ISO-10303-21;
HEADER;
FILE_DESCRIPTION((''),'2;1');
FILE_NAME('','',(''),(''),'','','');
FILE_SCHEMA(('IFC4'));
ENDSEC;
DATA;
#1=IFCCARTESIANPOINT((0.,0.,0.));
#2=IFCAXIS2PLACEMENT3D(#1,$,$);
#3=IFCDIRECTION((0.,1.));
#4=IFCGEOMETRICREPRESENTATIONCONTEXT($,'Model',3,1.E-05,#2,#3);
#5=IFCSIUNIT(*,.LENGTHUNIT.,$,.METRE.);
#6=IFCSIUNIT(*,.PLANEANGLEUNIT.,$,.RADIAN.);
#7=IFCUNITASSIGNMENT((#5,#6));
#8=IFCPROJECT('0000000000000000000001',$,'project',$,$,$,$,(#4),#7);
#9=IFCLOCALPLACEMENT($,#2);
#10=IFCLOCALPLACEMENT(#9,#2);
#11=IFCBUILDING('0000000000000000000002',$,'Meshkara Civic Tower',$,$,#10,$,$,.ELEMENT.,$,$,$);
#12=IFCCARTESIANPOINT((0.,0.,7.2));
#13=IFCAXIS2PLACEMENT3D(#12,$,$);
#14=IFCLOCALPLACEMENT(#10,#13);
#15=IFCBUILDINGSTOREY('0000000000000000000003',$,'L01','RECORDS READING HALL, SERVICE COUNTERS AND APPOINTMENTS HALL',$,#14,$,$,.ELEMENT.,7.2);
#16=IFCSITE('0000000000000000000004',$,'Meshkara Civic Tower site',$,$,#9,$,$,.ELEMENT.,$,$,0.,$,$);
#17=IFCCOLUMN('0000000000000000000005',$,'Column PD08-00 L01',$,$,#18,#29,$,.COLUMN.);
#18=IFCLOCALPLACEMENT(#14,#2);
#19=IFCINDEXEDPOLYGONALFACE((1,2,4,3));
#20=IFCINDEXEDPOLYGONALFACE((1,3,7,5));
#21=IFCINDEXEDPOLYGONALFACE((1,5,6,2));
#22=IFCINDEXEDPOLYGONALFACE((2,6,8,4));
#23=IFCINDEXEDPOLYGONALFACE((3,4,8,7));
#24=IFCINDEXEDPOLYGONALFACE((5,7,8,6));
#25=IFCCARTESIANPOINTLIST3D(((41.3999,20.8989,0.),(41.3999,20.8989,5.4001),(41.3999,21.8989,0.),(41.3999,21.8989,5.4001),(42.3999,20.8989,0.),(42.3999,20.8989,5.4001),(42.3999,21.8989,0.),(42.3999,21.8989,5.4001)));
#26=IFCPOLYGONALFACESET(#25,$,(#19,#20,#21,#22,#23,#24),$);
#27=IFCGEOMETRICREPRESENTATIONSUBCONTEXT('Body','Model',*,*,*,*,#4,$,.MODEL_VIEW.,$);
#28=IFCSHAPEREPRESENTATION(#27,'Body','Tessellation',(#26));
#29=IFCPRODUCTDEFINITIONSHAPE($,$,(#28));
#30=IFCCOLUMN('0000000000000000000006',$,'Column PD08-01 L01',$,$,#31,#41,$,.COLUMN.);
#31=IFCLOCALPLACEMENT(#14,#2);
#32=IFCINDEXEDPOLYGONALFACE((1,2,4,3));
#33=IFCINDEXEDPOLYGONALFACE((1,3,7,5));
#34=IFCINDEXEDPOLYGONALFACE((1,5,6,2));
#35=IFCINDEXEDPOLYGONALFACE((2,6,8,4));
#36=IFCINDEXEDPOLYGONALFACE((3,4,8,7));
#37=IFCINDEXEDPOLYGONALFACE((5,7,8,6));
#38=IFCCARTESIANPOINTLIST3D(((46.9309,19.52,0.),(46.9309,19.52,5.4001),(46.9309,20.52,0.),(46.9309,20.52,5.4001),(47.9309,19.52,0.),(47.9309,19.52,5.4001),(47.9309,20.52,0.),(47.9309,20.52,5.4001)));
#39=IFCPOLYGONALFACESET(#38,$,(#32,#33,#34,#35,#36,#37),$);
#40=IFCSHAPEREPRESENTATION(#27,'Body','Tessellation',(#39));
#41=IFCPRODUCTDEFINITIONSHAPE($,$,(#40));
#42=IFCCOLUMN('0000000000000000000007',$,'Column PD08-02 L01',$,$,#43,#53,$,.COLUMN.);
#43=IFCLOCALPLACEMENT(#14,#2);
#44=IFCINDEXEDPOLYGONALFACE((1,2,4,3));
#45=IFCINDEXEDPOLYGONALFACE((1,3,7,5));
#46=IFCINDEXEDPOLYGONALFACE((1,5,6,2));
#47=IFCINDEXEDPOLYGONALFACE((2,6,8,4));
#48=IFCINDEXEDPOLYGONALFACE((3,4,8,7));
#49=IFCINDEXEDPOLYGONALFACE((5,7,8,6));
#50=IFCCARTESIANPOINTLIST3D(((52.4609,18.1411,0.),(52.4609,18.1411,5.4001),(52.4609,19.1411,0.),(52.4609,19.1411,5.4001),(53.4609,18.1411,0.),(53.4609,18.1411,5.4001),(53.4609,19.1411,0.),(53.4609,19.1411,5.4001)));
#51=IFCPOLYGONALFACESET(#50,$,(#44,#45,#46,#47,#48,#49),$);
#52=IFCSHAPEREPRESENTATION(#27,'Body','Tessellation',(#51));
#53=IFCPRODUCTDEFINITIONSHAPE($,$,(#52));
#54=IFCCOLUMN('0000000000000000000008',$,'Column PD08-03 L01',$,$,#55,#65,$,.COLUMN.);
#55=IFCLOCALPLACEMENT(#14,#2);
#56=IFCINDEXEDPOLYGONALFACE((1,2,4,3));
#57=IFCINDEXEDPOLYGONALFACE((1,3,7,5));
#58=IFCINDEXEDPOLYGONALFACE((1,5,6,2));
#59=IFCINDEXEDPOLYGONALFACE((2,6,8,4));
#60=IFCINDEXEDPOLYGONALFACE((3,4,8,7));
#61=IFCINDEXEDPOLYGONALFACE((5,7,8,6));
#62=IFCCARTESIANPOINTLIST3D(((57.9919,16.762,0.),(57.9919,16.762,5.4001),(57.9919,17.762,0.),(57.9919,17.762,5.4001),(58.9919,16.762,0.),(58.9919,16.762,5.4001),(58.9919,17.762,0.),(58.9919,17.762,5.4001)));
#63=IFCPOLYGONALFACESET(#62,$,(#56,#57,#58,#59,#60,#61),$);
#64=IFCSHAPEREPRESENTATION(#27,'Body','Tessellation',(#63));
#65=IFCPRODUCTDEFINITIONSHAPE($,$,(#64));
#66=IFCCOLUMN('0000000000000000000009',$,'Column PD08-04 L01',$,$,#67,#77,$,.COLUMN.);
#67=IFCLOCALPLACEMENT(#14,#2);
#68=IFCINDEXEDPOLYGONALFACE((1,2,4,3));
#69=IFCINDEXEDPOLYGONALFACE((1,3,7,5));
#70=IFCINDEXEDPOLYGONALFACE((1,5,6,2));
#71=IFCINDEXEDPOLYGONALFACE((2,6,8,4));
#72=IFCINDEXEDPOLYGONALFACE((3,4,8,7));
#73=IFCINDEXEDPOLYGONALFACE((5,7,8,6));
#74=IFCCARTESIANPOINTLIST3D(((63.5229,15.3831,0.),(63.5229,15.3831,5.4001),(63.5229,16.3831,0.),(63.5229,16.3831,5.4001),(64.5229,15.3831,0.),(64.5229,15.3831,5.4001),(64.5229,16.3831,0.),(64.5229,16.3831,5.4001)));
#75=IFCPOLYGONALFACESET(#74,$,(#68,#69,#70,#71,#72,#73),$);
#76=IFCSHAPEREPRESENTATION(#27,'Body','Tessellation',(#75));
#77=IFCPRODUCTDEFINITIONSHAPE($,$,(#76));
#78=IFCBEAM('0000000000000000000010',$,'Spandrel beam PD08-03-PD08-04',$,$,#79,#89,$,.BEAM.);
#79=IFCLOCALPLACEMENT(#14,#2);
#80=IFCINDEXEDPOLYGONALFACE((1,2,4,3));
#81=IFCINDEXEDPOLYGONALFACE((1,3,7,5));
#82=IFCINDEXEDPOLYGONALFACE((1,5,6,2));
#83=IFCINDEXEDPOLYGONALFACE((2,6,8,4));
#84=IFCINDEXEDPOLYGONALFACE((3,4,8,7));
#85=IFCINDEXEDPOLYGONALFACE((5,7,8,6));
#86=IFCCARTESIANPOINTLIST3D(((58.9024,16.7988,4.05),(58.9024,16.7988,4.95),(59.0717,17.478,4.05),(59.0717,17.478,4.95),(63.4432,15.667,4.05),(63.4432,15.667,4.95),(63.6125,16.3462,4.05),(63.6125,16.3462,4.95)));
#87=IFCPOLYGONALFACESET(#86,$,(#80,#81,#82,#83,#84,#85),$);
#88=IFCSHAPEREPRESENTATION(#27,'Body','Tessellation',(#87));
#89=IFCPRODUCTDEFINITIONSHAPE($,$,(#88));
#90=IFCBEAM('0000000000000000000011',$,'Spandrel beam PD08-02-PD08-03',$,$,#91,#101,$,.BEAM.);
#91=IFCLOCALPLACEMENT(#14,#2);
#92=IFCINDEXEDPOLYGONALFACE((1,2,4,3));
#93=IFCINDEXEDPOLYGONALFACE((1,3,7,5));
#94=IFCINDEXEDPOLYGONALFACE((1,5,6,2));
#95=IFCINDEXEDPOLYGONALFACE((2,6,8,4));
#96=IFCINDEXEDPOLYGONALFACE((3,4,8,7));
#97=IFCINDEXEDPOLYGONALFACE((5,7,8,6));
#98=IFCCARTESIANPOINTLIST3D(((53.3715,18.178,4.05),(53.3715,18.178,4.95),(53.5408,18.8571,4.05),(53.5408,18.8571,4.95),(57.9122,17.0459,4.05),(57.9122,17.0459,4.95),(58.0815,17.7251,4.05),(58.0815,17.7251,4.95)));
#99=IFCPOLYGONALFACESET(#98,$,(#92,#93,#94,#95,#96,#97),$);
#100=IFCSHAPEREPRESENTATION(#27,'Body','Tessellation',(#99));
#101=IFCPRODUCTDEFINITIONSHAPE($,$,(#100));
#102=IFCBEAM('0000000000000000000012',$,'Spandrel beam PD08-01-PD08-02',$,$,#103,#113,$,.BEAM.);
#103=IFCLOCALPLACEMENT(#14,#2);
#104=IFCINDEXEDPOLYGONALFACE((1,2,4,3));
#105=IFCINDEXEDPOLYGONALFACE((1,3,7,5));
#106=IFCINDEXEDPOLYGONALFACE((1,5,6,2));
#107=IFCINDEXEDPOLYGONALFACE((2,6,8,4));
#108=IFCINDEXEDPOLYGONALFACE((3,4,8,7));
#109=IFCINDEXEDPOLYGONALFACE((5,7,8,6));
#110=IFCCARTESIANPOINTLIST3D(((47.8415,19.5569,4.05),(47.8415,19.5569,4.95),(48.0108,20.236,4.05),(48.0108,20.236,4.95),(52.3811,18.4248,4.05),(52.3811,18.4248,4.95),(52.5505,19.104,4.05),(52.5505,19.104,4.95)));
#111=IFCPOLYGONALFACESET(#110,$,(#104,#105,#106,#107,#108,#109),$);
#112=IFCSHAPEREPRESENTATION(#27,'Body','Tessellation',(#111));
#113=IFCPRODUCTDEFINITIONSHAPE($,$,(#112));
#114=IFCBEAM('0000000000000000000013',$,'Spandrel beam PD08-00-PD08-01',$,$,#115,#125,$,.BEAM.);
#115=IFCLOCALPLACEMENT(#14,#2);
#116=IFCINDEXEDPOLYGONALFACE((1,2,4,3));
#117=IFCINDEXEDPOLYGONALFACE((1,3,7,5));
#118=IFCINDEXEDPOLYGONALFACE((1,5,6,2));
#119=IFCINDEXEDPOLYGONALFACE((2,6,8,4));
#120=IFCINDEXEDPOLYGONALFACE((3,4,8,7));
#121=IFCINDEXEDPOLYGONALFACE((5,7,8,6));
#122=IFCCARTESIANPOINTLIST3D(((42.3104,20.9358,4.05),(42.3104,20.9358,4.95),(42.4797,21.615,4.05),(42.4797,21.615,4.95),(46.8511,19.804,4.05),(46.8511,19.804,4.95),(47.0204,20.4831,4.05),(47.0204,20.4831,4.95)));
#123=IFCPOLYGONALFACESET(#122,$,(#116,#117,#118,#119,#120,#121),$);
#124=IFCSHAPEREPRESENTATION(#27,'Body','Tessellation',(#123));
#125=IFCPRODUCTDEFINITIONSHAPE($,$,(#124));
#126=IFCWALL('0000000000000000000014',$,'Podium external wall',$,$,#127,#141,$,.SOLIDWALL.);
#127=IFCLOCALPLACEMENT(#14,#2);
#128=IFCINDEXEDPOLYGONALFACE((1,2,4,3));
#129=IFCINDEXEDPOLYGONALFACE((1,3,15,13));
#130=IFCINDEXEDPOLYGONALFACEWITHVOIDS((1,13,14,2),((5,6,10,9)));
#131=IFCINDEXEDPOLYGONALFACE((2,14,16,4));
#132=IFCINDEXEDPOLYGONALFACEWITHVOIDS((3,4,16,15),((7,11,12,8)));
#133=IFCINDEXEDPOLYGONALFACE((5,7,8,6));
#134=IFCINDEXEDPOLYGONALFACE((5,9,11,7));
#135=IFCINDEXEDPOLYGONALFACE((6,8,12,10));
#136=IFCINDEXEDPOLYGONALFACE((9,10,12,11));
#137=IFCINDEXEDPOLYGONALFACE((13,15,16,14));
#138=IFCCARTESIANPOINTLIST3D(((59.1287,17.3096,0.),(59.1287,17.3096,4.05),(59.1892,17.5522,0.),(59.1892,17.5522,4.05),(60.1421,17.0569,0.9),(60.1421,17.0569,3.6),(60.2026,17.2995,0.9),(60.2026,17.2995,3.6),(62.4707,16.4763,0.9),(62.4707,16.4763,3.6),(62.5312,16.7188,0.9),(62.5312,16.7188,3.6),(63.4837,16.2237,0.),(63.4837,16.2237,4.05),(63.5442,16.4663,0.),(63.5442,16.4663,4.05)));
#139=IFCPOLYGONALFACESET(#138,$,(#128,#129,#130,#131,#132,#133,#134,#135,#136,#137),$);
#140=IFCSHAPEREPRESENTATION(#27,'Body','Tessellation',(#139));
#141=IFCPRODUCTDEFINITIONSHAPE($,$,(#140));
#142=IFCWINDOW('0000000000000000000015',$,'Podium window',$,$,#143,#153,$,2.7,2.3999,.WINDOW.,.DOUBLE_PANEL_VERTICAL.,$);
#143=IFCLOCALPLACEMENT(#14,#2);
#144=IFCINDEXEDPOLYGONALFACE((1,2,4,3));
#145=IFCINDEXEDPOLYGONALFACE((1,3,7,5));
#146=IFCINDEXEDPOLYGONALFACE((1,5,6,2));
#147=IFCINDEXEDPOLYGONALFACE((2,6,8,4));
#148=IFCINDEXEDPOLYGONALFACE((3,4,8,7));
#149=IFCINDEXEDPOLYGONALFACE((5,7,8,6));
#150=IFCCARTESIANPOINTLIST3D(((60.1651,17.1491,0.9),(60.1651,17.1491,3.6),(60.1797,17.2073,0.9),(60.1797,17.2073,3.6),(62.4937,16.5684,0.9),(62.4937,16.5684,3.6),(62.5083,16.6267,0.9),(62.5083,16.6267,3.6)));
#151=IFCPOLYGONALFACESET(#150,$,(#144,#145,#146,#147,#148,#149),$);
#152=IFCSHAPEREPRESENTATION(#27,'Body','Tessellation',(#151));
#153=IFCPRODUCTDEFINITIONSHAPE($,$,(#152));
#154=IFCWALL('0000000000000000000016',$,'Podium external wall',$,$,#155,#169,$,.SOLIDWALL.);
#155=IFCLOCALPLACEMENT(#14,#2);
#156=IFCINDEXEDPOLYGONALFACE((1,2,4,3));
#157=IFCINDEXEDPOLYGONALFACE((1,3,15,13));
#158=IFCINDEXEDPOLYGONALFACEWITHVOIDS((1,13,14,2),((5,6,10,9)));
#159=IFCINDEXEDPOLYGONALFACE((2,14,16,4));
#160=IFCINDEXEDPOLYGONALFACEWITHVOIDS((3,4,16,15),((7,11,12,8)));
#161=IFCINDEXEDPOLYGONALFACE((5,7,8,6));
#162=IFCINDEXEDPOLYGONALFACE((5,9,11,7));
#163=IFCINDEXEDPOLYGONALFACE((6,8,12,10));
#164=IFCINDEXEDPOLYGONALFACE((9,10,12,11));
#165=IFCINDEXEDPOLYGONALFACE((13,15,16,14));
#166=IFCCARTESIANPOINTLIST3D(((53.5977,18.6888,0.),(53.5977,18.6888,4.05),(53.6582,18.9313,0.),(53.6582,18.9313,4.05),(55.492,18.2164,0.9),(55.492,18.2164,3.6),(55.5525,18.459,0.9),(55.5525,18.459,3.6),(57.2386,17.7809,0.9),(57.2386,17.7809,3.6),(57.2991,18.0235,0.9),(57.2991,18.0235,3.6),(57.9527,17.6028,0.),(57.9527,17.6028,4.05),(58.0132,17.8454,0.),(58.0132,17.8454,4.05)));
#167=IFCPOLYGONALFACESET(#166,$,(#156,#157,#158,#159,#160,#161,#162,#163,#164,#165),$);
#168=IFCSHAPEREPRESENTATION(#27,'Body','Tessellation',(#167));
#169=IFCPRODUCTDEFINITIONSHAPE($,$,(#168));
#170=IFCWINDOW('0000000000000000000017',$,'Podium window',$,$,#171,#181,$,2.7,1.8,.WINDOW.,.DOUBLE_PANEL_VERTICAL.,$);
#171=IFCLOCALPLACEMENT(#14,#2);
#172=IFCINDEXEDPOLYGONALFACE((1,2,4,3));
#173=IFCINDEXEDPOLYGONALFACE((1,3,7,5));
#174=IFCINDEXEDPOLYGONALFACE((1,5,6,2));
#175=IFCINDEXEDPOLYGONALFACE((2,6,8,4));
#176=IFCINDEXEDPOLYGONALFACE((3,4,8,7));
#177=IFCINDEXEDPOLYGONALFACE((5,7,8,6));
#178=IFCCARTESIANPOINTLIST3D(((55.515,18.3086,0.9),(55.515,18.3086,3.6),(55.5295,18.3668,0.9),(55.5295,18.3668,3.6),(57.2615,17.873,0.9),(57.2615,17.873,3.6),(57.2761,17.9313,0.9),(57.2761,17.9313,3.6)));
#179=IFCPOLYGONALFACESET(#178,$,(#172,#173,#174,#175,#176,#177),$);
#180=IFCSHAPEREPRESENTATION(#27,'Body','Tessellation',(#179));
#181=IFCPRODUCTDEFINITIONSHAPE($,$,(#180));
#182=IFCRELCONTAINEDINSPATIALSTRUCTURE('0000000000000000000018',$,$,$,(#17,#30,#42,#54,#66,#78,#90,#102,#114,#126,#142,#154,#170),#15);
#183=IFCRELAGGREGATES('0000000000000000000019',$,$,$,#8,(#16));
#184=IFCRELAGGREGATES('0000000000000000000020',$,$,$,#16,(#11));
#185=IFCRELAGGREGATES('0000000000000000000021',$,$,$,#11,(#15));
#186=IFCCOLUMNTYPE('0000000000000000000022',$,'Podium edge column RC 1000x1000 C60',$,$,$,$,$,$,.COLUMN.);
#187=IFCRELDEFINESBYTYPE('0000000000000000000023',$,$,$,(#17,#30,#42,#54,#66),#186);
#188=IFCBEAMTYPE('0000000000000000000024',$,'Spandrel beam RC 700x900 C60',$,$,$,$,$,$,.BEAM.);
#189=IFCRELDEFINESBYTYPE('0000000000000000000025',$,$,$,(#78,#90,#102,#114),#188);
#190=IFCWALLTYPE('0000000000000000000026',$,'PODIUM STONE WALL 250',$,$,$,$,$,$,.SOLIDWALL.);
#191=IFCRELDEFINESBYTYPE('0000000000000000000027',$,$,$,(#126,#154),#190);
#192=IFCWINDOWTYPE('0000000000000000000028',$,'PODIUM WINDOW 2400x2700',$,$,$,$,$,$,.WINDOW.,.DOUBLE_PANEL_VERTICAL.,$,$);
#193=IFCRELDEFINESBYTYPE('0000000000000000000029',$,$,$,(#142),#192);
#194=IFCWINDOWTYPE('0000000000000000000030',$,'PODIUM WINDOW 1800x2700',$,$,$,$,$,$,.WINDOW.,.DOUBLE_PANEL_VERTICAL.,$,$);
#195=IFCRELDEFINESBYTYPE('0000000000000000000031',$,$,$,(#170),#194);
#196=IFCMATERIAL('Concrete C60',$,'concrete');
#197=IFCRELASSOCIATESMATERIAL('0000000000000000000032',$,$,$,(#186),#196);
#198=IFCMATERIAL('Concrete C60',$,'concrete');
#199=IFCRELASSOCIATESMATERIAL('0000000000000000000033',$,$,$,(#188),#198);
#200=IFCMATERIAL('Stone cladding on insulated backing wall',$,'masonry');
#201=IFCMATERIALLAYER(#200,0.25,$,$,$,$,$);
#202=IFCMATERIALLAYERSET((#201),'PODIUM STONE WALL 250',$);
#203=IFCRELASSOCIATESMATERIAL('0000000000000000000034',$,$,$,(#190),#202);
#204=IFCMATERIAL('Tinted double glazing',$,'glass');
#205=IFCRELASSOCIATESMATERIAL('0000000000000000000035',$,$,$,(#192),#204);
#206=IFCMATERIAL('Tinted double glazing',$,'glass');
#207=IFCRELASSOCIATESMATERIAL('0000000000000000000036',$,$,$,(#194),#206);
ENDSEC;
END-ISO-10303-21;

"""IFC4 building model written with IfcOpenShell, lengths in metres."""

from ifc_helpers import new_model, si_unit, direction, frame, frame_2d, origin, origin_2d, place, context, subcontext, project, spatial, rectangle, extrude, material, layer, layer_set, material_profile, profile_set, type_object, element, fill, save


model = new_model("IFC4")

# Units and contexts
model_context = context("Model", 3, precision=1e-05, world=origin(), true_north=direction((0.0, 1.0)))
body_context = subcontext(model_context, "Body", "Model", "MODEL_VIEW")
ifc_project = project(units=[si_unit("LENGTHUNIT", "METRE"), si_unit("PLANEANGLEUNIT", "RADIAN")], contexts=[model_context])

# Site, building, storey
site_placement = place(None, origin())
site = spatial("IfcSite", under=ifc_project, at=site_placement, Name="Meshkara Civic Tower site", CompositionType="ELEMENT", RefElevation=0.0)
building_placement = place(site_placement, origin())
building = spatial("IfcBuilding", under=site, at=building_placement, Name="Meshkara Civic Tower", CompositionType="ELEMENT")
storey_placement = place(building_placement, frame((0.0, 0.0, 7.2)))
storey = spatial("IfcBuildingStorey", under=building, at=storey_placement, Name="L01", Description="RECORDS READING HALL, SERVICE COUNTERS AND APPOINTMENTS HALL", CompositionType="ELEMENT", Elevation=7.2)

# Columns
ifc_material_1 = material(Name="Concrete C60", Category="concrete")
ifc_material_profile_1 = material_profile(ifc_material_1, rectangle(XDim=1.0, YDim=1.0, at=origin_2d()))
ifc_profile_set_1 = profile_set([ifc_material_profile_1], Name="Concrete C60")
column_type = type_object("IfcColumnType", Name="Podium edge column RC 1000x1000 C60", PredefinedType="COLUMN", material=ifc_profile_set_1)
for number, where, z_axis, x_axis, name in (
    (1, (41.8999, 21.3989, 0.0), (0.0, 0.0, 1.0), (1.0, 0.0, 0.0), "Column PD08-00 L01"),
    (2, (47.4309, 20.02, 0.0), (0.0, 0.0, 1.0), (1.0, 0.0, 0.0), "Column PD08-01 L01"),
    (3, (52.9609, 18.6411, 0.0), (0.0, 0.0, 1.0), (1.0, 0.0, 0.0), "Column PD08-02 L01"),
    (4, (58.4919, 17.262, 0.0), (0.0, 0.0, 1.0), (1.0, 0.0, 0.0), "Column PD08-03 L01"),
    (5, (64.0229, 15.8831, 0.0), (0.0, 0.0, 1.0), (1.0, 0.0, 0.0), "Column PD08-04 L01"),
):
    element("IfcColumn", number, at=place(storey_placement, frame(where, z_axis=z_axis, x_axis=x_axis)), inside=storey, type_object=column_type, Name=name, PredefinedType="COLUMN", context=body_context, shape_type="SweptSolid", body=[
        extrude(rectangle(XDim=1.0, YDim=1.0, at=origin_2d()), origin(), (0.0, 0.0, 1.0), 5.4001),
    ])

# Beams
ifc_material_2 = material(Name="Concrete C60", Category="concrete")
ifc_material_profile_2 = material_profile(ifc_material_2, rectangle(XDim=0.7, YDim=0.8999, at=origin_2d()))
ifc_profile_set_2 = profile_set([ifc_material_profile_2], Name="Concrete C60")
beam_type = type_object("IfcBeamType", Name="Spandrel beam RC 700x900 C60", PredefinedType="BEAM", material=ifc_profile_set_2)
for number, where, z_axis, x_axis, name in (
    (6, (63.5278, 16.0066, 4.5), (-0.970311, 0.24186, 0.0), (-0.24186, -0.970311, 0.0), "Spandrel beam PD08-03-PD08-04"),
    (7, (57.9968, 17.3855, 4.5), (-0.970299, 0.24191, 0.0), (-0.24191, -0.970299, 0.0), "Spandrel beam PD08-02-PD08-03"),
):
    element("IfcBeam", number, at=place(storey_placement, frame(where, z_axis=z_axis, x_axis=x_axis)), inside=storey, type_object=beam_type, Name=name, PredefinedType="BEAM", context=body_context, shape_type="SweptSolid", body=[
        extrude(rectangle(XDim=0.7, YDim=0.8999, at=origin_2d()), origin(), (0.0, 0.0, 1.0), 4.6797),
    ])
beam_1_placement = place(storey_placement, frame((52.4658, 18.7644, 4.5), z_axis=(-0.970287, 0.241959, 0.0), x_axis=(-0.241959, -0.970287, 0.0)))
element("IfcBeam", 8, at=beam_1_placement, inside=storey, type_object=beam_type, Name="Spandrel beam PD08-01-PD08-02", PredefinedType="BEAM", context=body_context, shape_type="SweptSolid", body=[
    extrude(rectangle(XDim=0.7, YDim=0.8999, at=origin_2d()), origin(), (0.0, 0.0, 1.0), 4.6787),
])
beam_2_placement = place(storey_placement, frame((46.9358, 20.1436, 4.5), z_axis=(-0.970311, 0.24186, 0.0), x_axis=(-0.24186, -0.970311, 0.0)))
element("IfcBeam", 9, at=beam_2_placement, inside=storey, type_object=beam_type, Name="Spandrel beam PD08-00-PD08-01", PredefinedType="BEAM", context=body_context, shape_type="SweptSolid", body=[
    extrude(rectangle(XDim=0.7, YDim=0.8999, at=origin_2d()), origin(), (0.0, 0.0, 1.0), 4.6797),
])

# Walls, openings, windows
ifc_material_3 = material(Name="Stone cladding on insulated backing wall", Category="masonry")
ifc_layer = layer(ifc_material_3, 0.25)
ifc_layer_set = layer_set([ifc_layer], Name="PODIUM STONE WALL 250")
wall_type = type_object("IfcWallType", Name="PODIUM STONE WALL 250", PredefinedType="SOLIDWALL", material=ifc_layer_set)
wall_1_placement = place(storey_placement, frame((63.5139, 16.345, 0.0), z_axis=(0.0, 0.0, 1.0), x_axis=(-0.97029, 0.241947, 0.0)))
wall_1 = element("IfcWall", 10, at=wall_1_placement, inside=storey, type_object=wall_type, Name="Podium external wall", PredefinedType="SOLIDWALL", context=body_context, shape_type="SweptSolid", body=[
    extrude(rectangle(XDim=4.4883, YDim=0.25, at=frame_2d((2.2441, 0.0))), origin(), (0.0, 0.0, 1.0), 4.05),
])
opening_1_placement = place(wall_1_placement, frame((1.0439, 0.0, 0.8999)))
opening_1 = element("IfcOpeningElement", 11, at=opening_1_placement, cuts=wall_1, PredefinedType="OPENING", context=body_context, shape_type="SweptSolid", body=[
    extrude(rectangle(XDim=2.3999, YDim=2.7, at=frame_2d((1.2, 1.3501))), frame((0.0, 0.135, 0.0), z_axis=(0.0, -1.0, 0.0), x_axis=(1.0, 0.0, 0.0)), (0.0, 0.0, 1.0), 0.27),
])
ifc_material_4 = material(Name="Tinted double glazing", Category="glass")
window_type_1 = type_object("IfcWindowType", Name="PODIUM WINDOW 2400x2700", PartitioningType="DOUBLE_PANEL_VERTICAL", PredefinedType="WINDOW", material=ifc_material_4)
window_1_placement = place(opening_1_placement, origin())
window_1 = element("IfcWindow", 12, at=window_1_placement, inside=storey, type_object=window_type_1, Name="Podium window", OverallHeight=2.7, OverallWidth=2.3999, PartitioningType="DOUBLE_PANEL_VERTICAL", PredefinedType="WINDOW", context=body_context, shape_type="SweptSolid", body=[
    extrude(rectangle(XDim=2.3999, YDim=2.7, at=frame_2d((1.2, 1.3501))), frame((0.0, 0.03, 0.0), z_axis=(0.0, -1.0, 0.0), x_axis=(1.0, 0.0, 0.0)), (0.0, 0.0, 1.0), 0.0601),
])
fill(opening_1, window_1)
wall_2_placement = place(storey_placement, frame((57.9829, 17.7241, 0.0), z_axis=(0.0, 0.0, 1.0), x_axis=(-0.97029, 0.241947, 0.0)))
wall_2 = element("IfcWall", 13, at=wall_2_placement, inside=storey, type_object=wall_type, Name="Podium external wall", PredefinedType="SOLIDWALL", context=body_context, shape_type="SweptSolid", body=[
    extrude(rectangle(XDim=4.4883, YDim=0.25, at=frame_2d((2.2441, 0.0))), origin(), (0.0, 0.0, 1.0), 4.05),
])
opening_2_placement = place(wall_2_placement, frame((0.7361, 0.0, 0.8999)))
opening_2 = element("IfcOpeningElement", 14, at=opening_2_placement, cuts=wall_2, PredefinedType="OPENING", context=body_context, shape_type="SweptSolid", body=[
    extrude(rectangle(XDim=1.8, YDim=2.7, at=frame_2d((0.8999, 1.3501))), frame((0.0, 0.135, 0.0), z_axis=(0.0, -1.0, 0.0), x_axis=(1.0, 0.0, 0.0)), (0.0, 0.0, 1.0), 0.27),
])
ifc_material_5 = material(Name="Tinted double glazing", Category="glass")
window_type_2 = type_object("IfcWindowType", Name="PODIUM WINDOW 1800x2700", PartitioningType="DOUBLE_PANEL_VERTICAL", PredefinedType="WINDOW", material=ifc_material_5)
window_2_placement = place(opening_2_placement, origin())
window_2 = element("IfcWindow", 15, at=window_2_placement, inside=storey, type_object=window_type_2, Name="Podium window", OverallHeight=2.7, OverallWidth=1.8, PartitioningType="DOUBLE_PANEL_VERTICAL", PredefinedType="WINDOW", context=body_context, shape_type="SweptSolid", body=[
    extrude(rectangle(XDim=1.8, YDim=2.7, at=frame_2d((0.8999, 1.3501))), frame((0.0, 0.03, 0.0), z_axis=(0.0, -1.0, 0.0), x_axis=(1.0, 0.0, 0.0)), (0.0, 0.0, 1.0), 0.0601),
])
fill(opening_2, window_2)

save(model, "model.ifc")
